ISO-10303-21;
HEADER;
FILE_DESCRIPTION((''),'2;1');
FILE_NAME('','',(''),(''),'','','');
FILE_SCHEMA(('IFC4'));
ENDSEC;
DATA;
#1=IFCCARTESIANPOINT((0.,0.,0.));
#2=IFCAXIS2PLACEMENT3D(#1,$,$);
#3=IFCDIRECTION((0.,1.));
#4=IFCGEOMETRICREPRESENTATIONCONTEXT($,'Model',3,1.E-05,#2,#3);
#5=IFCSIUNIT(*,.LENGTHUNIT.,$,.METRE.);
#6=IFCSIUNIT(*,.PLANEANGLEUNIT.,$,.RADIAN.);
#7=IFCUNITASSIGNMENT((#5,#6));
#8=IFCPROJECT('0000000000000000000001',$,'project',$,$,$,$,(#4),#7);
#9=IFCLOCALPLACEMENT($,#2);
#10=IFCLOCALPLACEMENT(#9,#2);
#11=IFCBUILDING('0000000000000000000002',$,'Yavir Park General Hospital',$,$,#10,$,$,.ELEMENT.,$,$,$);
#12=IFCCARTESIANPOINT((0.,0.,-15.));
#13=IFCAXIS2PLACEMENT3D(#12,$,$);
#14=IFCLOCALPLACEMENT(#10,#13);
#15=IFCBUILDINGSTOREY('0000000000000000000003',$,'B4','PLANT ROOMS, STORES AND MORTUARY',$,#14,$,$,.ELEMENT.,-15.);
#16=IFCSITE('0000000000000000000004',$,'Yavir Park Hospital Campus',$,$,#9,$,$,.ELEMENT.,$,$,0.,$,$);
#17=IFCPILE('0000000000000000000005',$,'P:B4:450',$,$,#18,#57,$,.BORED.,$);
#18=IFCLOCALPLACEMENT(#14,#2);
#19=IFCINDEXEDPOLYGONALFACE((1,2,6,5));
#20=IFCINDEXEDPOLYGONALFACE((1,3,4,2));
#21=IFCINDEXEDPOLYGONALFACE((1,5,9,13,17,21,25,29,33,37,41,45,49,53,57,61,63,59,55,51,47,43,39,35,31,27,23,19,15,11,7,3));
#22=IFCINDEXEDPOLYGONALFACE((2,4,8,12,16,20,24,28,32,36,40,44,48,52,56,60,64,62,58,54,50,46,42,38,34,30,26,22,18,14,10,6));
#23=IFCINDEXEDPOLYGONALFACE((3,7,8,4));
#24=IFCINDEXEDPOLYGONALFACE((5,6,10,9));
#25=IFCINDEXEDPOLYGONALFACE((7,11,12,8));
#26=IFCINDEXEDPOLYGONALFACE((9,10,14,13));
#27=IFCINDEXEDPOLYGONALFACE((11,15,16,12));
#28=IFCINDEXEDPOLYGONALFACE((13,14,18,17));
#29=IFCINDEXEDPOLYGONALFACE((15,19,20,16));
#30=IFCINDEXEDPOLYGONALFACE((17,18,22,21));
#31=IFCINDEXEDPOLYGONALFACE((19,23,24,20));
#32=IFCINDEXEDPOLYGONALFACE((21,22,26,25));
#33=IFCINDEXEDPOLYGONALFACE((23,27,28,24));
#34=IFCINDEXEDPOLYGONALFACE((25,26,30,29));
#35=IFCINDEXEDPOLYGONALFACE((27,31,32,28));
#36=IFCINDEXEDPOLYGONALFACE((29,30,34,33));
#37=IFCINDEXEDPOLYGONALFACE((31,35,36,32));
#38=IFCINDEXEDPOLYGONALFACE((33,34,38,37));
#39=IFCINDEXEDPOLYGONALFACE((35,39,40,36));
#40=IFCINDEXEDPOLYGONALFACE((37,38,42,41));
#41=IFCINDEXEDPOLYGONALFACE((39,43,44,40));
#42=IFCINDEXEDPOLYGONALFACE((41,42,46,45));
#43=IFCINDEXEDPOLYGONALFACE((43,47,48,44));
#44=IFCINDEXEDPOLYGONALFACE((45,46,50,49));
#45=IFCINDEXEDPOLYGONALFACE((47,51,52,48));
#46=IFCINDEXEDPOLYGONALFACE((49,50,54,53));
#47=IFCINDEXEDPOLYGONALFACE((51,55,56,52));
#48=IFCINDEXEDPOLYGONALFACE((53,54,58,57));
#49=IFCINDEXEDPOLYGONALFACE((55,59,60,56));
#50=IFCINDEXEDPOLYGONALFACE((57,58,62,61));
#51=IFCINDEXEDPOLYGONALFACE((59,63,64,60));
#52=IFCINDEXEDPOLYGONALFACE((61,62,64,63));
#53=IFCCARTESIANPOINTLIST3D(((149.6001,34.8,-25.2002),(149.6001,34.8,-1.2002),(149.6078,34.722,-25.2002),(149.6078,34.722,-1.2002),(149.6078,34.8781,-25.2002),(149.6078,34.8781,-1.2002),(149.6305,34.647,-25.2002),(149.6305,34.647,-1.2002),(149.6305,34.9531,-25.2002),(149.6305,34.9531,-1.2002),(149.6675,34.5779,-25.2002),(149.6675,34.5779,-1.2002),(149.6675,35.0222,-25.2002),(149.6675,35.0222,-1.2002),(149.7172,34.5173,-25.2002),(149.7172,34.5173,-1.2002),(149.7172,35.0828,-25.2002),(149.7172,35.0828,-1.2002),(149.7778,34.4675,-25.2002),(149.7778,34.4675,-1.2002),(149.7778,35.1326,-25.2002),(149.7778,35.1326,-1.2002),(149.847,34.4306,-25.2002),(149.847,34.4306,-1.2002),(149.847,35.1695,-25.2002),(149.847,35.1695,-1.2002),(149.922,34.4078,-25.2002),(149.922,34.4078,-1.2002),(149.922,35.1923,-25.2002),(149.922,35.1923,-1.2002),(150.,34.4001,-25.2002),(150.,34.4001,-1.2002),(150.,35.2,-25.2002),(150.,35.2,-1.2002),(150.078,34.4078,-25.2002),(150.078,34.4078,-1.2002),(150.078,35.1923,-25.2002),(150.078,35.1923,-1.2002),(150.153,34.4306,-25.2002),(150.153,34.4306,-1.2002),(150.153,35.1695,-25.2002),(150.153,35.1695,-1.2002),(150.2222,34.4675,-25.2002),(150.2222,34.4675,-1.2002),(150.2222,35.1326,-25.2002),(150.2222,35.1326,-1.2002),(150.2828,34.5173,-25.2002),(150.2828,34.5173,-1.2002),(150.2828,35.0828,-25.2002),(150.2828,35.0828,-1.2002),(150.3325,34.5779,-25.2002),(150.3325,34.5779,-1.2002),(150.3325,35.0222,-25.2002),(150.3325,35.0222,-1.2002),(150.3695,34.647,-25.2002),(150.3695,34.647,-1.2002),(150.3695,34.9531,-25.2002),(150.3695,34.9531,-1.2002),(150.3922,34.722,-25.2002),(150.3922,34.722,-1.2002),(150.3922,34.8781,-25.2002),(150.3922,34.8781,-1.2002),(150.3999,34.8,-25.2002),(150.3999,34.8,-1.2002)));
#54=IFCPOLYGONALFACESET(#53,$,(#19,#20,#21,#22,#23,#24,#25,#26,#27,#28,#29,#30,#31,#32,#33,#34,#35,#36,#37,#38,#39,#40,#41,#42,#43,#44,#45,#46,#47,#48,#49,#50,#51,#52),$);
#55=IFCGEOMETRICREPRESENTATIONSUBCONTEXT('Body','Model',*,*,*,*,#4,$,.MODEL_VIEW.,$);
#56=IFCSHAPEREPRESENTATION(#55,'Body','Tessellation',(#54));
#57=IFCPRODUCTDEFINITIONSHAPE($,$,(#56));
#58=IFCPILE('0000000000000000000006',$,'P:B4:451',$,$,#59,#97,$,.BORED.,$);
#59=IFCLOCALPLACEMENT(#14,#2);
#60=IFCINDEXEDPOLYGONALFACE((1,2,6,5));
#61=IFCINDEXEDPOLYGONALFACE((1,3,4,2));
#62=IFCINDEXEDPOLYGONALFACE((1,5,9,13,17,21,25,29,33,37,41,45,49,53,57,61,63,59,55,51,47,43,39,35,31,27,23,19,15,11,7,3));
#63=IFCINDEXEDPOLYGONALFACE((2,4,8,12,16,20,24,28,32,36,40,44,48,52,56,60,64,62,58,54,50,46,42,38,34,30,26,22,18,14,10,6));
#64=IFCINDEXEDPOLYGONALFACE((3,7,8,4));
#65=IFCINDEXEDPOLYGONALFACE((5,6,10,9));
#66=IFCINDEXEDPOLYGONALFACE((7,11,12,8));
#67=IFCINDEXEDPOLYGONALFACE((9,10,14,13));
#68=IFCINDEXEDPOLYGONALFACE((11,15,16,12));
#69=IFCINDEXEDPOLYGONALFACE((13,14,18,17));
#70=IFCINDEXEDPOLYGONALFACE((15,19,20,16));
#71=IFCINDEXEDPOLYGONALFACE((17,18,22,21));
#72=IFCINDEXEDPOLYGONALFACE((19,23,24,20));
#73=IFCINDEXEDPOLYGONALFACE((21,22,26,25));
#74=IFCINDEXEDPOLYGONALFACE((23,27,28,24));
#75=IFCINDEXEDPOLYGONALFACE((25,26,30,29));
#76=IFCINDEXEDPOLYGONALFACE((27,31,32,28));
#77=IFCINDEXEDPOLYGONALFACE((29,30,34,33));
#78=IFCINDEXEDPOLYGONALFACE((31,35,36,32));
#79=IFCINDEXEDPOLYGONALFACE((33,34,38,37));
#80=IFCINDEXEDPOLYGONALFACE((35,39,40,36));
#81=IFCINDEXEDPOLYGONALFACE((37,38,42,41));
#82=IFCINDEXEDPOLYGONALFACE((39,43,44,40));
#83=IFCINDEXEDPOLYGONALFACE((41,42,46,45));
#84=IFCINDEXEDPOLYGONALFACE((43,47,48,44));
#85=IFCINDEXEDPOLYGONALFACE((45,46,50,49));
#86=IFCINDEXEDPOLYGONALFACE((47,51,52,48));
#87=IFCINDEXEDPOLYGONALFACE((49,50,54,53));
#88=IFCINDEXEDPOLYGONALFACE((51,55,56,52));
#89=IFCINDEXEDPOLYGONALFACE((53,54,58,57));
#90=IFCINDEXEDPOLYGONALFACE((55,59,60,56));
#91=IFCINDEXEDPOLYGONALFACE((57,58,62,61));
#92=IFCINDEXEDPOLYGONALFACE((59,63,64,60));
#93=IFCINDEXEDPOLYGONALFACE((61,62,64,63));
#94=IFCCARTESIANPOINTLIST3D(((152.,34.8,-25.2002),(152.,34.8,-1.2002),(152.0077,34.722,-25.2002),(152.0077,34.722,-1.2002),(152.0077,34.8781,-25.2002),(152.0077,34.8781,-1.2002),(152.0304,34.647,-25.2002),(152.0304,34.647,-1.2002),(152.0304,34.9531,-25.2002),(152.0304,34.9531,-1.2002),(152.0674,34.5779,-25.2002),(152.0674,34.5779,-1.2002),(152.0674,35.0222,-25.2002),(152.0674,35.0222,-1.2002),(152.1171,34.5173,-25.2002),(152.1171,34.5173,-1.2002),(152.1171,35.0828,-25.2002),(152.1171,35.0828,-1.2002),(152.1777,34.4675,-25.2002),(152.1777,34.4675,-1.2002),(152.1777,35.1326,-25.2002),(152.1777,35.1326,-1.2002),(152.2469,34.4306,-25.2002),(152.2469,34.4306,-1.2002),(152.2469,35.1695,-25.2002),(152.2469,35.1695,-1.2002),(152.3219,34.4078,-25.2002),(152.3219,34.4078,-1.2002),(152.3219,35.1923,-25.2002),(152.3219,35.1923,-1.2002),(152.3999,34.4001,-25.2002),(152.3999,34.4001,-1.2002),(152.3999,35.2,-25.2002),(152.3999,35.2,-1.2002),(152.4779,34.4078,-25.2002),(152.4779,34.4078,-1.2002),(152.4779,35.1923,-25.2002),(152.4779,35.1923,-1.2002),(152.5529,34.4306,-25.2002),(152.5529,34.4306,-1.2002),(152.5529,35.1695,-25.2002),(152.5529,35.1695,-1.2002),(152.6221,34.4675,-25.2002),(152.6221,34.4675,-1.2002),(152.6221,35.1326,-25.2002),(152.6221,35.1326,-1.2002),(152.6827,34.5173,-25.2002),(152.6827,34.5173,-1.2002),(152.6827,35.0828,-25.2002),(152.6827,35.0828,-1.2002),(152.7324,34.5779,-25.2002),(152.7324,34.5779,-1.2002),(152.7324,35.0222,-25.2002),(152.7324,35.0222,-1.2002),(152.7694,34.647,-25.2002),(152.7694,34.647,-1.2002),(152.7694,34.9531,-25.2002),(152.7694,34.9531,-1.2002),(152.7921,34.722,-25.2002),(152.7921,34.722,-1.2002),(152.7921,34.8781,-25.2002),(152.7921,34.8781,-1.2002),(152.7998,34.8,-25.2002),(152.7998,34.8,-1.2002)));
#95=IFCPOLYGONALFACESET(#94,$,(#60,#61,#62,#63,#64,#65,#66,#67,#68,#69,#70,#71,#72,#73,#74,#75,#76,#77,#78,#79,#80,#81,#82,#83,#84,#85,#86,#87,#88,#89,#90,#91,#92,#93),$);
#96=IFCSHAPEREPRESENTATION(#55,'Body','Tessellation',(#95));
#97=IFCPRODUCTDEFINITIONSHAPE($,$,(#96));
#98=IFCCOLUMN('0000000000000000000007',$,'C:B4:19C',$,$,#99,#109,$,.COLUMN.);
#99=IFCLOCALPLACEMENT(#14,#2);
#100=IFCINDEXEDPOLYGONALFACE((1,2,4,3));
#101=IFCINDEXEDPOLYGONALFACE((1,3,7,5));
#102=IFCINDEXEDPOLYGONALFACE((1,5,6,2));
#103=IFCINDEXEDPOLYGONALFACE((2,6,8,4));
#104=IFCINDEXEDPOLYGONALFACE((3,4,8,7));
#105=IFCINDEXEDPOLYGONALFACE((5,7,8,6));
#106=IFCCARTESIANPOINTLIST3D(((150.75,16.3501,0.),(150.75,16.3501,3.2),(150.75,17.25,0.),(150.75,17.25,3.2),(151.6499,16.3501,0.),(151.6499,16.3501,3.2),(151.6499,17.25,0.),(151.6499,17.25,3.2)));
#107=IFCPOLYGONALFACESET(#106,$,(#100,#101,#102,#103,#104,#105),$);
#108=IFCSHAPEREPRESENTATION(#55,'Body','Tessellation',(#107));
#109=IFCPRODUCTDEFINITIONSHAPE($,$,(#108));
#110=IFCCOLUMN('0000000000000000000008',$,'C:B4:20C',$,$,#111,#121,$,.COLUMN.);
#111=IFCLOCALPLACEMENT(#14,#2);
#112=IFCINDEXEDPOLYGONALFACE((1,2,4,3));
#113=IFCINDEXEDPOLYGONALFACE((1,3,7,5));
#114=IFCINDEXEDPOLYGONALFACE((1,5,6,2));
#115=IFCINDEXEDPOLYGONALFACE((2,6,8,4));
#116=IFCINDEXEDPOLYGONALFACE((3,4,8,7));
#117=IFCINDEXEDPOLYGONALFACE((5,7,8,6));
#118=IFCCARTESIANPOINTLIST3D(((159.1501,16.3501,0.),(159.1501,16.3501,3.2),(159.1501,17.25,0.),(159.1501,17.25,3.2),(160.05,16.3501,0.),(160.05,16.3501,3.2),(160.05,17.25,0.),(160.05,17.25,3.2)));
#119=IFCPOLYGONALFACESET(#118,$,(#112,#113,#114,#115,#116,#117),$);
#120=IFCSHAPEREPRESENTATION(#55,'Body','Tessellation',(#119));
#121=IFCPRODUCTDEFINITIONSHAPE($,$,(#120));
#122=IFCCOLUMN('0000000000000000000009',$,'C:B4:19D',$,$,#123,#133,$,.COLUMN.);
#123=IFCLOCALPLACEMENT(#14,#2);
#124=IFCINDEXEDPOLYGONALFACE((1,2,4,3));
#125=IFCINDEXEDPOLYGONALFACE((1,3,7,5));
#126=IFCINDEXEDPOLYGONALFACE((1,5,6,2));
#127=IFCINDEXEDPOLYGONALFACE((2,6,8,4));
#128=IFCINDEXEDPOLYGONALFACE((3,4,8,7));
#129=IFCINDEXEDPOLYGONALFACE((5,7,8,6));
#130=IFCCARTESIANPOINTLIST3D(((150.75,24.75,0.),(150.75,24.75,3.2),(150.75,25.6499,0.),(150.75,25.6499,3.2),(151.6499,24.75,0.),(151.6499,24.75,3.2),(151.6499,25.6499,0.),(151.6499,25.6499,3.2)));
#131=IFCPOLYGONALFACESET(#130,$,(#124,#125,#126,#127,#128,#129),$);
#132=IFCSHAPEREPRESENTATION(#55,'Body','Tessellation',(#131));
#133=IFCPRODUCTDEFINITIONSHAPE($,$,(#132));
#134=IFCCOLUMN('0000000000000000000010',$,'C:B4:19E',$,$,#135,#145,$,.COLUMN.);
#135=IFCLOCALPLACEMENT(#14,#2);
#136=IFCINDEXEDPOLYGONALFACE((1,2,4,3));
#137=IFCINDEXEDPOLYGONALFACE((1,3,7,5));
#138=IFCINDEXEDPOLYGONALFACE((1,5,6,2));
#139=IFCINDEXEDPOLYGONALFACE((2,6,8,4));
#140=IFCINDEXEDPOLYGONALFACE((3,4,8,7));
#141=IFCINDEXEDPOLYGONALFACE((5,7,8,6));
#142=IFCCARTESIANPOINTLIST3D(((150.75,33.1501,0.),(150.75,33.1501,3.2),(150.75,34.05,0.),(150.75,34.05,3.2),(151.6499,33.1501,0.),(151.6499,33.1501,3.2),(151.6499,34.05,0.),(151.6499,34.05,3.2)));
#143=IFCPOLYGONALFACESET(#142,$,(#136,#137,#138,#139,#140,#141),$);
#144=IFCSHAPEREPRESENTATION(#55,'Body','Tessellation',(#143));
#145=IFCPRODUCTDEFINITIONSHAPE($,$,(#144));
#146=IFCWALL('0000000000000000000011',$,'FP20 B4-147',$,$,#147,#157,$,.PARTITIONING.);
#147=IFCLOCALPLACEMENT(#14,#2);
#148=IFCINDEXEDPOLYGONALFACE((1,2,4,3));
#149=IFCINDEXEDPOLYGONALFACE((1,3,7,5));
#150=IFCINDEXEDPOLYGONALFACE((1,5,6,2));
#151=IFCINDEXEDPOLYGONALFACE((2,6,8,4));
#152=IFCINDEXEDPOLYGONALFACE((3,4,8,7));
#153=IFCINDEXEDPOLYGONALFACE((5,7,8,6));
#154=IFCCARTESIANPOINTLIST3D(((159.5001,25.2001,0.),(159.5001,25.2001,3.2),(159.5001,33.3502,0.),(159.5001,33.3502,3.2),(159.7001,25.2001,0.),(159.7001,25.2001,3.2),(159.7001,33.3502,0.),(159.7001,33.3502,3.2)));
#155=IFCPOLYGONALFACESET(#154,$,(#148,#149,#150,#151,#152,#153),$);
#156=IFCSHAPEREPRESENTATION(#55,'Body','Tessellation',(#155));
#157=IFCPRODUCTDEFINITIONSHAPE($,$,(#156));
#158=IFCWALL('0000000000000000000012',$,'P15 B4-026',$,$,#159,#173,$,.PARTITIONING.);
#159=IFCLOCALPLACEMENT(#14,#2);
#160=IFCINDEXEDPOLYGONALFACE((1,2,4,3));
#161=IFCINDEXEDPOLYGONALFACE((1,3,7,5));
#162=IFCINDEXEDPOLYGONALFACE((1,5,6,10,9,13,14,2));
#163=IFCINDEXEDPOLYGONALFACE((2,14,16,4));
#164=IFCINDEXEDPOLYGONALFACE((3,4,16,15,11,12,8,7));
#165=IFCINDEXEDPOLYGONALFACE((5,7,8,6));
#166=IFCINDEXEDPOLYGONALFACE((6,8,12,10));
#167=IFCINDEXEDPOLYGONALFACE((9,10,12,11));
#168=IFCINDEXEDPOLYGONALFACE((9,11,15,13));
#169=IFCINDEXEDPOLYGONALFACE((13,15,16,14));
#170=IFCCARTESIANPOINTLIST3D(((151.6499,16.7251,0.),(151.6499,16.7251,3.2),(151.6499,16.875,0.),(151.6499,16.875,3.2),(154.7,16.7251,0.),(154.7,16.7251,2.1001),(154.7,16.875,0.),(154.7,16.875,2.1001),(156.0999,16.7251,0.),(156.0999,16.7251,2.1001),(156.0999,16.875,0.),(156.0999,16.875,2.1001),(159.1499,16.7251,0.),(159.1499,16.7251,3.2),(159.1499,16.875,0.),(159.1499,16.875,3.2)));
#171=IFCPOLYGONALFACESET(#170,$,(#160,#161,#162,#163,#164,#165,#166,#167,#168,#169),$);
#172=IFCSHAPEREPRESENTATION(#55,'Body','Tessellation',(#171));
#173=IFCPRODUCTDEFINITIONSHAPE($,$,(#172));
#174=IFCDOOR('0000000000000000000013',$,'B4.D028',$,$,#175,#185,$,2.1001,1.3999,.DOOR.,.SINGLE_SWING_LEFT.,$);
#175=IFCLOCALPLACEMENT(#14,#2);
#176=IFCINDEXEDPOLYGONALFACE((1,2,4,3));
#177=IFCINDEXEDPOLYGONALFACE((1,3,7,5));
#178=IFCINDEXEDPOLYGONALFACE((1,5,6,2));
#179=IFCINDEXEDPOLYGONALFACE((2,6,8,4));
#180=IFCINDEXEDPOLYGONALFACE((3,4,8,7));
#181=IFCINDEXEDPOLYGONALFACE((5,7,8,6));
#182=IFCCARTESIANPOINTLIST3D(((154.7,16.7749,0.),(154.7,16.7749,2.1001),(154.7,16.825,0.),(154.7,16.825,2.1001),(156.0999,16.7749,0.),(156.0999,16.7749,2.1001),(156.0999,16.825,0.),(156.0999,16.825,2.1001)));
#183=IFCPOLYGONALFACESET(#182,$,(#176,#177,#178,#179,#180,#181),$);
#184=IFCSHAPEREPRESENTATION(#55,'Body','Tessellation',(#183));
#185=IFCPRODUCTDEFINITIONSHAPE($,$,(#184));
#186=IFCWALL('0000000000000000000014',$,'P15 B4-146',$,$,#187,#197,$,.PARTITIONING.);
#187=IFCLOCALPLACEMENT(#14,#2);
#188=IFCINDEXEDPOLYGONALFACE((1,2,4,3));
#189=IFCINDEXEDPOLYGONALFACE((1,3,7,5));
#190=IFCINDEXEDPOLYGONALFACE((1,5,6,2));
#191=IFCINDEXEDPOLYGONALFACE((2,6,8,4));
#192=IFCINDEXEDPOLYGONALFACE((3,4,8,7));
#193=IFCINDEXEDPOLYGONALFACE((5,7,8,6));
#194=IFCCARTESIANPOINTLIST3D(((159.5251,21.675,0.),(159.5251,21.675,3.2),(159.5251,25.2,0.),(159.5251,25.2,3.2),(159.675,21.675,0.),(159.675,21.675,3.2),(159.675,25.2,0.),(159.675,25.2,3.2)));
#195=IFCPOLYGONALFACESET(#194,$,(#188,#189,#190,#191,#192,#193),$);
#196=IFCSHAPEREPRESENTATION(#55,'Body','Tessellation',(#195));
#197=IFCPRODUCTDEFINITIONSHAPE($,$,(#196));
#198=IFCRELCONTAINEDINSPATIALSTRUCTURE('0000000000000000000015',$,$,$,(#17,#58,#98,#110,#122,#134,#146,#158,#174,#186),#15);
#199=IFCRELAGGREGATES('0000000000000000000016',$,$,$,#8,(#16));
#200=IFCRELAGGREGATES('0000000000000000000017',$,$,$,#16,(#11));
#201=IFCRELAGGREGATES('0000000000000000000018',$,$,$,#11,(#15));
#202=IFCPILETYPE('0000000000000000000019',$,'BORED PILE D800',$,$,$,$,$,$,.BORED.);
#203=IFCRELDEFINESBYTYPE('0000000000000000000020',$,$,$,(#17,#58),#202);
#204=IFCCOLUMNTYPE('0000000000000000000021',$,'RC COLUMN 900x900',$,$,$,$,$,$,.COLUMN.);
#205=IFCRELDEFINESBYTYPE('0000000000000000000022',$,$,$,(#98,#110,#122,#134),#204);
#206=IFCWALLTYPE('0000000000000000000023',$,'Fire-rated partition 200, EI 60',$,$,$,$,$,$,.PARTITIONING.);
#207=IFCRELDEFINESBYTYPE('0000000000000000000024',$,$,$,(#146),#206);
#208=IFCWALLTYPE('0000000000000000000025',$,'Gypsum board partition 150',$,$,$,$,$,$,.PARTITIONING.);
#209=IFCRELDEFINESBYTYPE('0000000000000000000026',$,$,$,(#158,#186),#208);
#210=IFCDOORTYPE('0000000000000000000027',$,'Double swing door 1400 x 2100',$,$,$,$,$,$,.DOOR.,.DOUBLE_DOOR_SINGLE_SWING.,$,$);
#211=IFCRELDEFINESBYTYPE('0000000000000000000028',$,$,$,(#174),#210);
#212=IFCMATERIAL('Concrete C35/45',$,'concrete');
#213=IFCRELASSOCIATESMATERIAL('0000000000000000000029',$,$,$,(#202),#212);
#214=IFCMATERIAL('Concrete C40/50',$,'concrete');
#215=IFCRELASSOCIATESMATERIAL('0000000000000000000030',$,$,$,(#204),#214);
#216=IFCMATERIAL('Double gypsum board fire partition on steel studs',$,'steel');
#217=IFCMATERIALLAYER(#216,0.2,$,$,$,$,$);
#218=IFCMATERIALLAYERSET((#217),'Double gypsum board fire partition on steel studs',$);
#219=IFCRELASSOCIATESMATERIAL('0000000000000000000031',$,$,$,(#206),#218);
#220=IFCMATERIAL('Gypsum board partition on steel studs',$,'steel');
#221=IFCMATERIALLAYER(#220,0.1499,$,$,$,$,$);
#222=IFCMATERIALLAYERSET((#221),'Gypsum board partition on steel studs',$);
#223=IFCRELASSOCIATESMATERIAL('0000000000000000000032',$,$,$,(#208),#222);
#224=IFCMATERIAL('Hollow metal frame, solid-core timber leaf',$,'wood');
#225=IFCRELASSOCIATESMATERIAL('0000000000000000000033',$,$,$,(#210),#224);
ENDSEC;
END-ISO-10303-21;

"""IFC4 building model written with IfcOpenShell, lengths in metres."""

from ifc_helpers import new_model, si_unit, direction, frame, frame_2d, origin, origin_2d, place, context, subcontext, project, spatial, rectangle, circle, extrude, material, layer, layer_set, material_profile, profile_set, type_object, element, fill, save


model = new_model("IFC4")

# Units and contexts
model_context = context("Model", 3, precision=1e-05, world=origin(), true_north=direction((0.0, 1.0)))
body_context = subcontext(model_context, "Body", "Model", "MODEL_VIEW")
ifc_project = project(units=[si_unit("LENGTHUNIT", "METRE"), si_unit("PLANEANGLEUNIT", "RADIAN")], contexts=[model_context])

# Site, building, storey
site_placement = place(None, origin())
site = spatial("IfcSite", under=ifc_project, at=site_placement, Name="Yavir Park Hospital Campus", CompositionType="ELEMENT", RefElevation=0.0)
building_placement = place(site_placement, origin())
building = spatial("IfcBuilding", under=site, at=building_placement, Name="Yavir Park General Hospital", CompositionType="ELEMENT")
storey_placement = place(building_placement, frame((0.0, 0.0, -15.0)))
storey = spatial("IfcBuildingStorey", under=building, at=storey_placement, Name="B4", Description="PLANT ROOMS, STORES AND MORTUARY", CompositionType="ELEMENT", Elevation=-15.0)

# Piles
ifc_material_1 = material(Name="Concrete C35/45", Category="concrete")
ifc_material_profile_1 = material_profile(ifc_material_1, circle(Radius=0.3999, at=origin_2d()), Name="D800")
ifc_profile_set_1 = profile_set([ifc_material_profile_1], Name="Concrete C35/45")
pile_type_1 = type_object("IfcPileType", Name="BORED PILE D800", PredefinedType="BORED", material=ifc_profile_set_1)
for number, where, z_axis, x_axis, name in (
    (1, (150.0, 34.8, -1.2002), (0.0, 0.0, -1.0), (1.0, 0.0, 0.0), "P:B4:450"),
    (2, (152.3999, 34.8, -1.2002), (0.0, 0.0, -1.0), (1.0, 0.0, 0.0), "P:B4:451"),
):
    element("IfcPile", number, at=place(storey_placement, frame(where, z_axis=z_axis, x_axis=x_axis)), inside=storey, type_object=pile_type_1, Name=name, PredefinedType="BORED", context=body_context, shape_type="SweptSolid", body=[
        extrude(circle(Radius=0.3999, at=origin_2d()), origin(), (0.0, 0.0, 1.0), 24.0),
    ])

# Columns
ifc_material_2 = material(Name="Concrete C40/50", Category="concrete")
ifc_material_profile_2 = material_profile(ifc_material_2, rectangle(XDim=0.8999, YDim=0.8999, at=origin_2d()), Name="RC900x900")
ifc_profile_set_2 = profile_set([ifc_material_profile_2], Name="Concrete C40/50")
column_type = type_object("IfcColumnType", Name="RC COLUMN 900x900", PredefinedType="COLUMN", material=ifc_profile_set_2)
for number, where, z_axis, x_axis, name in (
    (3, (151.2, 16.8, 0.0), (0.0, 0.0, 1.0), (1.0, 0.0, 0.0), "C:B4:19C"),
    (4, (159.6001, 16.8, 0.0), (0.0, 0.0, 1.0), (1.0, 0.0, 0.0), "C:B4:20C"),
    (5, (151.2, 25.2, 0.0), (0.0, 0.0, 1.0), (1.0, 0.0, 0.0), "C:B4:19D"),
    (6, (151.2, 33.6001, 0.0), (0.0, 0.0, 1.0), (1.0, 0.0, 0.0), "C:B4:19E"),
):
    element("IfcColumn", number, at=place(storey_placement, frame(where, z_axis=z_axis, x_axis=x_axis)), inside=storey, type_object=column_type, Name=name, PredefinedType="COLUMN", context=body_context, shape_type="SweptSolid", body=[
        extrude(rectangle(XDim=0.8999, YDim=0.8999, at=origin_2d()), origin(), (0.0, 0.0, 1.0), 3.2),
    ])

# Wall
ifc_material_3 = material(Name="Double gypsum board fire partition on steel studs", Category="steel")
ifc_layer_1 = layer(ifc_material_3, 0.2)
ifc_layer_set_1 = layer_set([ifc_layer_1], Name="Double gypsum board fire partition on steel studs")
wall_type_1 = type_object("IfcWallType", Name="Fire-rated partition 200, EI 60", PredefinedType="PARTITIONING", material=ifc_layer_set_1)
wall_1_placement = place(storey_placement, frame((159.6001, 25.2, 0.0), z_axis=(0.0, 0.0, 1.0), x_axis=(0.0, 1.0, 0.0)))
element("IfcWall", 7, at=wall_1_placement, inside=storey, type_object=wall_type_1, Name="FP20 B4-147", PredefinedType="PARTITIONING", context=body_context, shape_type="SweptSolid", body=[
    extrude(rectangle(XDim=8.1501, YDim=0.2, at=frame_2d((4.0752, 0.0))), origin(), (0.0, 0.0, 1.0), 3.2),
])

# Wall, opening, door
ifc_material_4 = material(Name="Gypsum board partition on steel studs", Category="steel")
ifc_layer_2 = layer(ifc_material_4, 0.1499)
ifc_layer_set_2 = layer_set([ifc_layer_2], Name="Gypsum board partition on steel studs")
wall_type_2 = type_object("IfcWallType", Name="Gypsum board partition 150", PredefinedType="PARTITIONING", material=ifc_layer_set_2)
wall_2_placement = place(storey_placement, frame((151.6499, 16.8, 0.0), z_axis=(0.0, 0.0, 1.0), x_axis=(1.0, 0.0, 0.0)))
wall_2 = element("IfcWall", 8, at=wall_2_placement, inside=storey, type_object=wall_type_2, Name="P15 B4-026", PredefinedType="PARTITIONING", context=body_context, shape_type="SweptSolid", body=[
    extrude(rectangle(XDim=7.5, YDim=0.1499, at=frame_2d((3.75, 0.0))), origin(), (0.0, 0.0, 1.0), 3.2),
])
opening_placement = place(wall_2_placement, frame((3.05, 0.0, 0.0)))
opening = element("IfcOpeningElement", 9, at=opening_placement, cuts=wall_2, PredefinedType="OPENING", context=body_context, shape_type="SweptSolid", body=[
    extrude(rectangle(XDim=1.3999, YDim=2.1001, at=frame_2d((0.7, 1.05))), frame((0.0, 0.085, 0.0), z_axis=(0.0, -1.0, 0.0), x_axis=(1.0, 0.0, 0.0)), (0.0, 0.0, 1.0), 0.1699),
])
ifc_material_5 = material(Name="Hollow metal frame, solid-core timber leaf", Category="wood")
door_type = type_object("IfcDoorType", Name="Double swing door 1400 x 2100", OperationType="DOUBLE_DOOR_SINGLE_SWING", PredefinedType="DOOR", material=ifc_material_5)
door_placement = place(opening_placement, origin())
door = element("IfcDoor", 10, at=door_placement, inside=storey, type_object=door_type, Name="B4.D028", OperationType="SINGLE_SWING_LEFT", OverallHeight=2.1001, OverallWidth=1.3999, PredefinedType="DOOR", context=body_context, shape_type="SweptSolid", body=[
    extrude(rectangle(XDim=1.3999, YDim=2.1001, at=frame_2d((0.7, 1.05))), frame((0.0, 0.0249, 0.0), z_axis=(0.0, -1.0, 0.0), x_axis=(1.0, 0.0, 0.0)), (0.0, 0.0, 1.0), 0.05),
])
fill(opening, door)

# Wall
wall_3_placement = place(storey_placement, frame((159.6001, 21.675, 0.0), z_axis=(0.0, 0.0, 1.0), x_axis=(0.0, 1.0, 0.0)))
element("IfcWall", 11, at=wall_3_placement, inside=storey, type_object=wall_type_2, Name="P15 B4-146", PredefinedType="PARTITIONING", context=body_context, shape_type="SweptSolid", body=[
    extrude(rectangle(XDim=3.5249, YDim=0.1499, at=frame_2d((1.7625, 0.0))), origin(), (0.0, 0.0, 1.0), 3.2),
])

save(model, "model.ifc")
